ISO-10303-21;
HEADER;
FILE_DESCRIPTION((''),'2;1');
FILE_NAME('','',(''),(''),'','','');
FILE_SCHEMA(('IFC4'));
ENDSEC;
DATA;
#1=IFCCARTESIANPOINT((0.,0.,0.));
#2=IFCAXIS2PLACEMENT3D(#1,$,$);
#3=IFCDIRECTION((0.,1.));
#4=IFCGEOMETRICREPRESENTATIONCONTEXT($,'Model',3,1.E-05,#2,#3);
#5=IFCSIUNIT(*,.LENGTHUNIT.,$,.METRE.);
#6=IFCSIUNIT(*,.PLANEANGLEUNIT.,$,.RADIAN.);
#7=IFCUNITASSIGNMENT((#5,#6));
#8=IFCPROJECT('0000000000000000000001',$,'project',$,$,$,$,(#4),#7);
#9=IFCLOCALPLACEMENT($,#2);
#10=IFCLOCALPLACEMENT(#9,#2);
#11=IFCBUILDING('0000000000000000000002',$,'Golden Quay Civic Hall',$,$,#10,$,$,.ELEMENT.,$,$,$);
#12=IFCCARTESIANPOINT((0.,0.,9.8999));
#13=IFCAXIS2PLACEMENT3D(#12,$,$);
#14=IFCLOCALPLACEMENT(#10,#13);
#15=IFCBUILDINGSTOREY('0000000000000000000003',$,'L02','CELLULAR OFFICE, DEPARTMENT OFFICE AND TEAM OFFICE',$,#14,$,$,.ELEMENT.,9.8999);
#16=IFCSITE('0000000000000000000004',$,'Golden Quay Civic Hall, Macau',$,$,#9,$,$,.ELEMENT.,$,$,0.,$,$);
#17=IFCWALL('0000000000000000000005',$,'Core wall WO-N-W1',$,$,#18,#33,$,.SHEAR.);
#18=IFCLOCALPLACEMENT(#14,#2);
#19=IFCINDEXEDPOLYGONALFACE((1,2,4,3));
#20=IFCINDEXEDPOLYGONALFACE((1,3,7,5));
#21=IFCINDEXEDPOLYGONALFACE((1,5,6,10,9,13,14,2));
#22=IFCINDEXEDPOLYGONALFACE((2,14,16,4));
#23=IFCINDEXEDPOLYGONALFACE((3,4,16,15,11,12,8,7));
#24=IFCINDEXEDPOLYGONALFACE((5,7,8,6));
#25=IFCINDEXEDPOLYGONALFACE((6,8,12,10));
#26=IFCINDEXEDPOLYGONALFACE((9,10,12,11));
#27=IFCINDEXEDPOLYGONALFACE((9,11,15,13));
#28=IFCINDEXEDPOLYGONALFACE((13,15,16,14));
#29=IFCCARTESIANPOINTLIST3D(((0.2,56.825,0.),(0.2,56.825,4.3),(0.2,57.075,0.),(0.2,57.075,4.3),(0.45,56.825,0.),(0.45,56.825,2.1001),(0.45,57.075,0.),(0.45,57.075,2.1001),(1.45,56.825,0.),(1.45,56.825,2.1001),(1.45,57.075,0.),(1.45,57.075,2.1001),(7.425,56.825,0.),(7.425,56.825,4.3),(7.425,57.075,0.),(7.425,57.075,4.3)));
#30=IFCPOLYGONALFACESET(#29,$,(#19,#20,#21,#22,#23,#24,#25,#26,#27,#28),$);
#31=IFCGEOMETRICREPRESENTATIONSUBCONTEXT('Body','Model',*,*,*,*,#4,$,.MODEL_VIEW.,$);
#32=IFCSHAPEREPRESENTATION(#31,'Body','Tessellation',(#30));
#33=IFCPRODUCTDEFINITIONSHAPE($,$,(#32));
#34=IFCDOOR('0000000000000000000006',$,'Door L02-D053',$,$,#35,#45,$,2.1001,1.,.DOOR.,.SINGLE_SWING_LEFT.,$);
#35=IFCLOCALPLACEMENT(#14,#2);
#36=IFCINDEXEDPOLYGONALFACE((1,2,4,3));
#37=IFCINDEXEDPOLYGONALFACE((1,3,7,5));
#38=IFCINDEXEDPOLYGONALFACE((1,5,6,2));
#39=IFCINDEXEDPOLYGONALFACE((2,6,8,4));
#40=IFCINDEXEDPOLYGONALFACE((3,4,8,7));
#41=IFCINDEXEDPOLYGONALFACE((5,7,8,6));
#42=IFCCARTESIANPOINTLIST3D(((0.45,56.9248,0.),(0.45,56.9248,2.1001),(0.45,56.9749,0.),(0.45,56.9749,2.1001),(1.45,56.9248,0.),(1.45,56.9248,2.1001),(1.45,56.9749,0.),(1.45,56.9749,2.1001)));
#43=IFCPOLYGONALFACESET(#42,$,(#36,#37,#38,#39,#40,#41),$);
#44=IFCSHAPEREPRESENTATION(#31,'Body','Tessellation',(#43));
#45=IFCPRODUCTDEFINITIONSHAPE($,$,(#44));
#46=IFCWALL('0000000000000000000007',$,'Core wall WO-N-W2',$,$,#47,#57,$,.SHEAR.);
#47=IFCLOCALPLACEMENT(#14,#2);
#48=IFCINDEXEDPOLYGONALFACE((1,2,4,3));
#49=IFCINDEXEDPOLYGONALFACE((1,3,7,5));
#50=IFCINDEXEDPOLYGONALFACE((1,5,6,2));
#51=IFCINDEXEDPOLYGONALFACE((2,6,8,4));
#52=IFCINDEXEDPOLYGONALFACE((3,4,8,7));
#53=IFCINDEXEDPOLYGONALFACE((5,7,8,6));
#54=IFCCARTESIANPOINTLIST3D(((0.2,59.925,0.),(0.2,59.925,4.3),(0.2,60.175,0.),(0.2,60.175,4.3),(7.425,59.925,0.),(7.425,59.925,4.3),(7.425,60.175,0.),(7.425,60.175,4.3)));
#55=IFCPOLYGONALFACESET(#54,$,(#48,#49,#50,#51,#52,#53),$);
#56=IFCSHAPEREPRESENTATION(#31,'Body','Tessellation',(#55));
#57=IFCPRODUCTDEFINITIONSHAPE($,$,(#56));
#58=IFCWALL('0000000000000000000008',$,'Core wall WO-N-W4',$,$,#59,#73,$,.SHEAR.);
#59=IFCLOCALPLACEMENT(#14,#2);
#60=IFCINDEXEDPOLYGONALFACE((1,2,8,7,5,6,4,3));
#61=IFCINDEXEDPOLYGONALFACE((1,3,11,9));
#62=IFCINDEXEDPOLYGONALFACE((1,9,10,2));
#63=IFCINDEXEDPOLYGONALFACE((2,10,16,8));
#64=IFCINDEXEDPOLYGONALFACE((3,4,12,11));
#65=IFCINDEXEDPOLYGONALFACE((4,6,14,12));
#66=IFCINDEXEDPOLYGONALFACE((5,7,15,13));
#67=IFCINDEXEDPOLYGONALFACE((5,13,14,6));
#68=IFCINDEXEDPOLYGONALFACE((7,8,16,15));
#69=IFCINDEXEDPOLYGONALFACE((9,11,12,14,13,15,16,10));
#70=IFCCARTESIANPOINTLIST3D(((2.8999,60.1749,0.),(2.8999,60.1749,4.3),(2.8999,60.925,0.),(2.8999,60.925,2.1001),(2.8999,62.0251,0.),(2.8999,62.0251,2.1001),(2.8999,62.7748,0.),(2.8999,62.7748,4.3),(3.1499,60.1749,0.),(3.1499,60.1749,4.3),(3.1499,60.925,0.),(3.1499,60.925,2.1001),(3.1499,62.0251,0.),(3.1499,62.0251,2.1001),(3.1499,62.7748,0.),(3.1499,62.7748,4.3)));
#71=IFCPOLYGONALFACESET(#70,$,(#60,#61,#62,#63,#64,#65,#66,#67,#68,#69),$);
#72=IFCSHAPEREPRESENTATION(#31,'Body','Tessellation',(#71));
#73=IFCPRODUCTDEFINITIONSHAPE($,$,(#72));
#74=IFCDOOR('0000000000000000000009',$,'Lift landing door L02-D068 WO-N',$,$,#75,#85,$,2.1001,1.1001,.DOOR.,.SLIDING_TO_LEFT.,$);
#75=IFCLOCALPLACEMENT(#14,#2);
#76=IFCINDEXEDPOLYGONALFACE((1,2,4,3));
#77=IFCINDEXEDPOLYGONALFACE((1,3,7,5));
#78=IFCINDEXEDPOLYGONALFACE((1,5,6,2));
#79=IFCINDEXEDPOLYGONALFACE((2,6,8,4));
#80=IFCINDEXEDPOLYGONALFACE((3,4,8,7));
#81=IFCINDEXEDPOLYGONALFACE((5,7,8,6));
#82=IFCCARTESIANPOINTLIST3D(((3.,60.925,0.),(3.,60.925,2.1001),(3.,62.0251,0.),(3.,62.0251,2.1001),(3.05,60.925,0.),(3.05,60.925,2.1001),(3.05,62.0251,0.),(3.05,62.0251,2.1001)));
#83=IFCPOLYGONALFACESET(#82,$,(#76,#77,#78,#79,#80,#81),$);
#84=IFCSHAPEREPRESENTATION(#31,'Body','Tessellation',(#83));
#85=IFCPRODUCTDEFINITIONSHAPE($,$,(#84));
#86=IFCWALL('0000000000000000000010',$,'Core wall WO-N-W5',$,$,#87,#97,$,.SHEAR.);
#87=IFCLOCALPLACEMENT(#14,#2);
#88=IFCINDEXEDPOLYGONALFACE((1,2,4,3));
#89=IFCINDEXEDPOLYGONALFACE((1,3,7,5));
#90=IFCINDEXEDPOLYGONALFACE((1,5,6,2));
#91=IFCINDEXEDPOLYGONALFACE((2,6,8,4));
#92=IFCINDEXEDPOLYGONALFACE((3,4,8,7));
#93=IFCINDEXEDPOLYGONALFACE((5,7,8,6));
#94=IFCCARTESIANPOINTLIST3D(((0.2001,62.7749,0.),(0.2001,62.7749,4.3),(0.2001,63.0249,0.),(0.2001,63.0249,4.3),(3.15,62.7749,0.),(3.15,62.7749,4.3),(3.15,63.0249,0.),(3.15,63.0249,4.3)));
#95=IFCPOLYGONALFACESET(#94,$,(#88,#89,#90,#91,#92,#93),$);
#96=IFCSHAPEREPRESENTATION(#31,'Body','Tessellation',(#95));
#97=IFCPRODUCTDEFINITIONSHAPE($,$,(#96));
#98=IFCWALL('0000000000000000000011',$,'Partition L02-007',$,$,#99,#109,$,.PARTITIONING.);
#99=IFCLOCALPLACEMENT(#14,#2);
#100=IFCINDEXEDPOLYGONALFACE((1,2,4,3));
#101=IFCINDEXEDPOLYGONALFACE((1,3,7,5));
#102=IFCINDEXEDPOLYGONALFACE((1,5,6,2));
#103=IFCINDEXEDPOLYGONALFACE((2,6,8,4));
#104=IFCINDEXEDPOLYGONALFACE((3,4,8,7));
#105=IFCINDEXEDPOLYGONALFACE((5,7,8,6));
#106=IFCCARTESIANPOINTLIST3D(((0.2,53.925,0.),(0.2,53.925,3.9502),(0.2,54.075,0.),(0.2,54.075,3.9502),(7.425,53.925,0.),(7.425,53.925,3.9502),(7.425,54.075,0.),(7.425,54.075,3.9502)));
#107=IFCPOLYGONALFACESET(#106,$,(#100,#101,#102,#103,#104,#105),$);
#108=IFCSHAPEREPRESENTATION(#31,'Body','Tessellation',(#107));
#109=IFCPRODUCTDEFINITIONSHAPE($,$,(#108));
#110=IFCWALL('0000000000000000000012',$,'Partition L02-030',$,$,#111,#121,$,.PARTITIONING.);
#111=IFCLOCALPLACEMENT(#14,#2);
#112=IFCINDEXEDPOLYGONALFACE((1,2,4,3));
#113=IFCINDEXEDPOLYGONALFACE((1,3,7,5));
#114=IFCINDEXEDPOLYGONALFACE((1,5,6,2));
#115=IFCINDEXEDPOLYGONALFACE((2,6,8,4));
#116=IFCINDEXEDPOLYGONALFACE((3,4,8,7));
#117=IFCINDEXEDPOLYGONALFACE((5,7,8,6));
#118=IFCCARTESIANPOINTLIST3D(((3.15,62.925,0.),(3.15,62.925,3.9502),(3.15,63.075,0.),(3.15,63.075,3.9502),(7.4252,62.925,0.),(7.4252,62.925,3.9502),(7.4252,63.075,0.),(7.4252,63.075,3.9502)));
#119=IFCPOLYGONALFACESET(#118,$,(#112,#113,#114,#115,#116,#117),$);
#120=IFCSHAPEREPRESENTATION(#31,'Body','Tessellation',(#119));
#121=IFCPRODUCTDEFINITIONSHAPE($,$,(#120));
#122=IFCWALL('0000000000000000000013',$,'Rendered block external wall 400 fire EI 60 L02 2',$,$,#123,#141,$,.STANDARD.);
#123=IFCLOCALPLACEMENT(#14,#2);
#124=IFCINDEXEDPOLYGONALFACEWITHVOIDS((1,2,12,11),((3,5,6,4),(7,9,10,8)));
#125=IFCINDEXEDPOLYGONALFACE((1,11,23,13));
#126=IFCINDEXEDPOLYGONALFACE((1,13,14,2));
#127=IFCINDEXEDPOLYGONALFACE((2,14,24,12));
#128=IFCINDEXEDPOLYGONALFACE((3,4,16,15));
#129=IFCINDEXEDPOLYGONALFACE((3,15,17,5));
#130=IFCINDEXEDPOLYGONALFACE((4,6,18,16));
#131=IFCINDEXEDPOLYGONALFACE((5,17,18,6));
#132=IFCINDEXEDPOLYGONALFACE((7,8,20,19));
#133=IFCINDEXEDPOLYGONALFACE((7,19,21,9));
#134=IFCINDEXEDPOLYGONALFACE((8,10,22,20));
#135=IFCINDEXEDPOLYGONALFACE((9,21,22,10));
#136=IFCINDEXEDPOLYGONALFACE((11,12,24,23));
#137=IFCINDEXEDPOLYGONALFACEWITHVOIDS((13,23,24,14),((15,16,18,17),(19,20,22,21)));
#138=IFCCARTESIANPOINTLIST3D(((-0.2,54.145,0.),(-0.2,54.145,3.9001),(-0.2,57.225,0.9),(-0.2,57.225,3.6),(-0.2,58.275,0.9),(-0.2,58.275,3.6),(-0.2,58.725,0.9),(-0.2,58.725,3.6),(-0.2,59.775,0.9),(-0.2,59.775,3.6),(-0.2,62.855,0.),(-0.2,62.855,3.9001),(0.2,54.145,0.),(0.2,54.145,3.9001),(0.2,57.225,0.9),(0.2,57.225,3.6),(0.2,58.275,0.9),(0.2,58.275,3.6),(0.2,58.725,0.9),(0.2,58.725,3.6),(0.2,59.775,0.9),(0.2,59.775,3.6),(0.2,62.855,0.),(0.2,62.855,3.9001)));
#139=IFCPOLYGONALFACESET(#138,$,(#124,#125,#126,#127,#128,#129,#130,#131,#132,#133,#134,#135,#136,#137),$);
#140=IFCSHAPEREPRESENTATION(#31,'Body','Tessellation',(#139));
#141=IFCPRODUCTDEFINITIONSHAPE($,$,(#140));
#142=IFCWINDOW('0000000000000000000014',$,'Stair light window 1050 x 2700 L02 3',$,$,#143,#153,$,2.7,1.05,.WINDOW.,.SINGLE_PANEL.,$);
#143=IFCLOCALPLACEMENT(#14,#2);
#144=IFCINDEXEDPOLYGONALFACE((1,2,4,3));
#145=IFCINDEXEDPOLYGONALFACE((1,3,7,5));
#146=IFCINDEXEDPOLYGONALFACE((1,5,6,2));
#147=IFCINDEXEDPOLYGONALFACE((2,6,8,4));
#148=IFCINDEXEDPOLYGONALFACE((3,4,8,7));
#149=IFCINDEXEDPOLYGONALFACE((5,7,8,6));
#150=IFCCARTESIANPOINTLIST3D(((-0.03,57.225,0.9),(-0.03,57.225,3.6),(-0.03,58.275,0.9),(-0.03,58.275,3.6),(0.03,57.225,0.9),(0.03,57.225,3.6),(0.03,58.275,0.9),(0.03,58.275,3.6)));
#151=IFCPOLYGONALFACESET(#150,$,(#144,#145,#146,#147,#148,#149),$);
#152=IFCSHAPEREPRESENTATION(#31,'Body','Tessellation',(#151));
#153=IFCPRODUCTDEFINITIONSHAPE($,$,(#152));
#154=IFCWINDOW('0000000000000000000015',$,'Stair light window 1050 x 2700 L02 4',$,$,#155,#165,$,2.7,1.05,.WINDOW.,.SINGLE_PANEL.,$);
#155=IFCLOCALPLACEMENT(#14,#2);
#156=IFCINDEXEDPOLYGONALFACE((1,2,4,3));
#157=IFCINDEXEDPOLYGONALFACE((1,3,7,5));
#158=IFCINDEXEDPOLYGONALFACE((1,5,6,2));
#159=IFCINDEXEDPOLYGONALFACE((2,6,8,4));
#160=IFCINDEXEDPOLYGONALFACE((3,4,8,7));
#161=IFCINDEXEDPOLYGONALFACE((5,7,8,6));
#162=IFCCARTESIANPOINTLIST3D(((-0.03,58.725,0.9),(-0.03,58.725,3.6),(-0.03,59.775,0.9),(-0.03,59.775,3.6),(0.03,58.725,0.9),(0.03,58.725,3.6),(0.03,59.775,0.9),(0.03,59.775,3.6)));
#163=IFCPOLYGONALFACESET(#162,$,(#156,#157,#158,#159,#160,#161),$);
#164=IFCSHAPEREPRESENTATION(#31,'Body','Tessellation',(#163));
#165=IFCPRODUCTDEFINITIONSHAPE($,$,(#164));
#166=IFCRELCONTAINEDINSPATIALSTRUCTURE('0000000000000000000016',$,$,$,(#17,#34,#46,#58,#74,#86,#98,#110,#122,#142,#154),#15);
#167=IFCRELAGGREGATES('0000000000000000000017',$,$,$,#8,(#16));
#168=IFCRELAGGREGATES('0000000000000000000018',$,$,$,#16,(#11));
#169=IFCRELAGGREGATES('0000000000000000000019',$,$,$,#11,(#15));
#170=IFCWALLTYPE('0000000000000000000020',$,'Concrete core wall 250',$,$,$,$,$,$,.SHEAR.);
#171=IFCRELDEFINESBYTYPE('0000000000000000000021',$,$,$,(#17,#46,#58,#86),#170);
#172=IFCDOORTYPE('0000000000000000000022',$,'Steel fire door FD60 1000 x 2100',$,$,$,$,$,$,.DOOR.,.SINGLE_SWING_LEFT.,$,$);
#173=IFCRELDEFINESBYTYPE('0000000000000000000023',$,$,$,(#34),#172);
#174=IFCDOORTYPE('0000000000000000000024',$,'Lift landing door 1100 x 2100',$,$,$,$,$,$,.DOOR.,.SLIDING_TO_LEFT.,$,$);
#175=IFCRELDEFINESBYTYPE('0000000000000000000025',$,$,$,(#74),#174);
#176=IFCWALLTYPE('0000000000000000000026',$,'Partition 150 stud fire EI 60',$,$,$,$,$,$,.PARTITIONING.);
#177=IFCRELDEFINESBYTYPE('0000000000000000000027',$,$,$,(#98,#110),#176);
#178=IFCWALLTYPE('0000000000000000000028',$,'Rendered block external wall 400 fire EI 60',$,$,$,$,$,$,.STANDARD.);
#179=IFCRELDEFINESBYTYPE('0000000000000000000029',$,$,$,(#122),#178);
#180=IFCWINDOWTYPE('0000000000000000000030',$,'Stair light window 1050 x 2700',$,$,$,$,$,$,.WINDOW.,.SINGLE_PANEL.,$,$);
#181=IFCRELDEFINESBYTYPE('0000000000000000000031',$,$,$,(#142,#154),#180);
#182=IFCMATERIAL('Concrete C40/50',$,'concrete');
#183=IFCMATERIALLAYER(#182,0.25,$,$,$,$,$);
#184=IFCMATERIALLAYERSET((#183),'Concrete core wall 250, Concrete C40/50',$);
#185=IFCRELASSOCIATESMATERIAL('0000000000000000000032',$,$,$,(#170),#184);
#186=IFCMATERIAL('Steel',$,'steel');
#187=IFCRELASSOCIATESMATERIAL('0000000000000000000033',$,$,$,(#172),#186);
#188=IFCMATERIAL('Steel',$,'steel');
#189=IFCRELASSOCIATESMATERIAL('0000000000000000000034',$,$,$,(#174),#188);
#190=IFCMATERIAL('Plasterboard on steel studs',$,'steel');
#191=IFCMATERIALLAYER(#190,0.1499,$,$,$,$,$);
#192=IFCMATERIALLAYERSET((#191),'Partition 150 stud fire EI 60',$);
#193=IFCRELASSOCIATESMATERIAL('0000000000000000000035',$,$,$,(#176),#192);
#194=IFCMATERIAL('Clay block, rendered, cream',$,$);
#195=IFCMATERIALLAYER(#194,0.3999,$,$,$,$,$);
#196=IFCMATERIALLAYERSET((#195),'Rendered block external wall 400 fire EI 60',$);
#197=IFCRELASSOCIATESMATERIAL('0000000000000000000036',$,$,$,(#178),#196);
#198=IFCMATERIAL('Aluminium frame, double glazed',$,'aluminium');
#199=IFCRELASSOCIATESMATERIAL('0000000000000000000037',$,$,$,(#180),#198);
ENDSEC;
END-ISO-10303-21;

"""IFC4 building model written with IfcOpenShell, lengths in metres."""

from ifc_helpers import new_model, si_unit, direction, frame, frame_2d, origin, place, context, subcontext, project, spatial, rectangle, extrude, material, layer, layer_set, type_object, element, fill, save


model = new_model("IFC4")

# Units and contexts
model_context = context("Model", 3, precision=1e-05, world=origin(), true_north=direction((0.0, 1.0)))
body_context = subcontext(model_context, "Body", "Model", "MODEL_VIEW")
ifc_project = project(units=[si_unit("LENGTHUNIT", "METRE"), si_unit("PLANEANGLEUNIT", "RADIAN")], contexts=[model_context])

# Site, building, storey
site_placement = place(None, origin())
site = spatial("IfcSite", under=ifc_project, at=site_placement, Name="Golden Quay Civic Hall, Macau", CompositionType="ELEMENT", RefElevation=0.0)
building_placement = place(site_placement, origin())
building = spatial("IfcBuilding", under=site, at=building_placement, Name="Golden Quay Civic Hall", CompositionType="ELEMENT")
storey_placement = place(building_placement, frame((0.0, 0.0, 9.8999)))
storey = spatial("IfcBuildingStorey", under=building, at=storey_placement, Name="L02", Description="CELLULAR OFFICE, DEPARTMENT OFFICE AND TEAM OFFICE", CompositionType="ELEMENT", Elevation=9.8999)

# Wall, opening, door
ifc_material_1 = material(Name="Concrete C40/50", Category="concrete")
ifc_layer_1 = layer(ifc_material_1, 0.25)
ifc_layer_set_1 = layer_set([ifc_layer_1], Name="Concrete core wall 250, Concrete C40/50")
wall_type_1 = type_object("IfcWallType", Name="Concrete core wall 250", PredefinedType="SHEAR", material=ifc_layer_set_1)
wall_1_placement = place(storey_placement, frame((0.2, 56.95, 0.0), z_axis=(0.0, 0.0, 1.0), x_axis=(1.0, 0.0, 0.0)))
wall_1 = element("IfcWall", 1, at=wall_1_placement, inside=storey, type_object=wall_type_1, Name="Core wall WO-N-W1", PredefinedType="SHEAR", context=body_context, shape_type="SweptSolid", body=[
    extrude(rectangle(XDim=7.2251, YDim=0.25, at=frame_2d((3.6125, 0.0))), origin(), (0.0, 0.0, 1.0), 4.3),
])
opening_1_placement = place(wall_1_placement, frame((0.25, 0.0, 0.0)))
opening_1 = element("IfcOpeningElement", 2, at=opening_1_placement, cuts=wall_1, PredefinedType="OPENING", context=body_context, shape_type="SweptSolid", body=[
    extrude(rectangle(XDim=1.0, YDim=2.1001, at=frame_2d((0.5, 1.05))), frame((0.0, 0.135, 0.0), z_axis=(0.0, -1.0, 0.0), x_axis=(1.0, 0.0, 0.0)), (0.0, 0.0, 1.0), 0.27),
])
ifc_material_2 = material(Name="Steel", Category="steel")
door_type_1 = type_object("IfcDoorType", Name="Steel fire door FD60 1000 x 2100", OperationType="SINGLE_SWING_LEFT", PredefinedType="DOOR", material=ifc_material_2)
door_1_placement = place(opening_1_placement, origin())
door_1 = element("IfcDoor", 3, at=door_1_placement, inside=storey, type_object=door_type_1, Name="Door L02-D053", OperationType="SINGLE_SWING_LEFT", OverallHeight=2.1001, OverallWidth=1.0, PredefinedType="DOOR", context=body_context, shape_type="SweptSolid", body=[
    extrude(rectangle(XDim=1.0, YDim=2.1001, at=frame_2d((0.5, 1.05))), frame((0.0, 0.0249, 0.0), z_axis=(0.0, -1.0, 0.0), x_axis=(1.0, 0.0, 0.0)), (0.0, 0.0, 1.0), 0.05),
])
fill(opening_1, door_1)

# Wall
wall_2_placement = place(storey_placement, frame((0.2, 60.05, 0.0), z_axis=(0.0, 0.0, 1.0), x_axis=(1.0, 0.0, 0.0)))
element("IfcWall", 4, at=wall_2_placement, inside=storey, type_object=wall_type_1, Name="Core wall WO-N-W2", PredefinedType="SHEAR", context=body_context, shape_type="SweptSolid", body=[
    extrude(rectangle(XDim=7.2251, YDim=0.25, at=frame_2d((3.6125, 0.0))), origin(), (0.0, 0.0, 1.0), 4.3),
])

# Wall, opening, door
wall_3_placement = place(storey_placement, frame((3.0249, 60.175, 0.0), z_axis=(0.0, 0.0, 1.0), x_axis=(0.0, 1.0, 0.0)))
wall_3 = element("IfcWall", 5, at=wall_3_placement, inside=storey, type_object=wall_type_1, Name="Core wall WO-N-W4", PredefinedType="SHEAR", context=body_context, shape_type="SweptSolid", body=[
    extrude(rectangle(XDim=2.5999, YDim=0.25, at=frame_2d((1.2998, 0.0))), origin(), (0.0, 0.0, 1.0), 4.3),
])
opening_2_placement = place(wall_3_placement, frame((0.75, 0.0, 0.0)))
opening_2 = element("IfcOpeningElement", 6, at=opening_2_placement, cuts=wall_3, PredefinedType="OPENING", context=body_context, shape_type="SweptSolid", body=[
    extrude(rectangle(XDim=1.1001, YDim=2.1001, at=frame_2d((0.55, 1.05))), frame((0.0, 0.135, 0.0), z_axis=(0.0, -1.0, 0.0), x_axis=(1.0, 0.0, 0.0)), (0.0, 0.0, 1.0), 0.27),
])
ifc_material_3 = material(Name="Steel", Category="steel")
door_type_2 = type_object("IfcDoorType", Name="Lift landing door 1100 x 2100", OperationType="SLIDING_TO_LEFT", PredefinedType="DOOR", material=ifc_material_3)
door_2_placement = place(opening_2_placement, origin())
door_2 = element("IfcDoor", 7, at=door_2_placement, inside=storey, type_object=door_type_2, Name="Lift landing door L02-D068 WO-N", OperationType="SLIDING_TO_LEFT", OverallHeight=2.1001, OverallWidth=1.1001, PredefinedType="DOOR", context=body_context, shape_type="SweptSolid", body=[
    extrude(rectangle(XDim=1.1001, YDim=2.1001, at=frame_2d((0.55, 1.05))), frame((0.0, 0.0249, 0.0), z_axis=(0.0, -1.0, 0.0), x_axis=(1.0, 0.0, 0.0)), (0.0, 0.0, 1.0), 0.05),
])
fill(opening_2, door_2)

# Walls
wall_4_placement = place(storey_placement, frame((0.2, 62.8999, 0.0), z_axis=(0.0, 0.0, 1.0), x_axis=(1.0, 0.0, 0.0)))
element("IfcWall", 8, at=wall_4_placement, inside=storey, type_object=wall_type_1, Name="Core wall WO-N-W5", PredefinedType="SHEAR", context=body_context, shape_type="SweptSolid", body=[
    extrude(rectangle(XDim=2.95, YDim=0.25, at=frame_2d((1.4751, 0.0))), origin(), (0.0, 0.0, 1.0), 4.3),
])
ifc_material_4 = material(Name="Plasterboard on steel studs", Category="steel")
ifc_layer_2 = layer(ifc_material_4, 0.1499)
ifc_layer_set_2 = layer_set([ifc_layer_2], Name="Partition 150 stud fire EI 60")
wall_type_2 = type_object("IfcWallType", Name="Partition 150 stud fire EI 60", PredefinedType="PARTITIONING", material=ifc_layer_set_2)
wall_5_placement = place(storey_placement, frame((0.2, 54.0, 0.0), z_axis=(0.0, 0.0, 1.0), x_axis=(1.0, 0.0, 0.0)))
element("IfcWall", 9, at=wall_5_placement, inside=storey, type_object=wall_type_2, Name="Partition L02-007", PredefinedType="PARTITIONING", context=body_context, shape_type="SweptSolid", body=[
    extrude(rectangle(XDim=7.2251, YDim=0.1499, at=frame_2d((3.6125, 0.0))), origin(), (0.0, 0.0, 1.0), 3.9502),
])
wall_6_placement = place(storey_placement, frame((3.1499, 63.0, 0.0), z_axis=(0.0, 0.0, 1.0), x_axis=(1.0, 0.0, 0.0)))
element("IfcWall", 10, at=wall_6_placement, inside=storey, type_object=wall_type_2, Name="Partition L02-030", PredefinedType="PARTITIONING", context=body_context, shape_type="SweptSolid", body=[
    extrude(rectangle(XDim=4.2751, YDim=0.1499, at=frame_2d((2.1377, 0.0))), origin(), (0.0, 0.0, 1.0), 3.9502),
])

# Wall, openings, windows
ifc_material_5 = material(Name="Clay block, rendered, cream")
ifc_layer_3 = layer(ifc_material_5, 0.3999)
ifc_layer_set_3 = layer_set([ifc_layer_3], Name="Rendered block external wall 400 fire EI 60")
wall_type_3 = type_object("IfcWallType", Name="Rendered block external wall 400 fire EI 60", PredefinedType="STANDARD", material=ifc_layer_set_3)
wall_7_placement = place(storey_placement, frame((0.0, 54.145, 0.0), z_axis=(0.0, 0.0, 1.0), x_axis=(0.0, 1.0, 0.0)))
wall_7 = element("IfcWall", 11, at=wall_7_placement, inside=storey, type_object=wall_type_3, Name="Rendered block external wall 400 fire EI 60 L02 2", PredefinedType="STANDARD", context=body_context, shape_type="SweptSolid", body=[
    extrude(rectangle(XDim=8.71, YDim=0.3999, at=frame_2d((4.355, 0.0))), origin(), (0.0, 0.0, 1.0), 3.9001),
])
opening_3_placement = place(wall_7_placement, frame((3.0801, 0.0, 0.8999)))
opening_3 = element("IfcOpeningElement", 12, at=opening_3_placement, cuts=wall_7, PredefinedType="OPENING", context=body_context, shape_type="SweptSolid", body=[
    extrude(rectangle(XDim=1.05, YDim=2.7, at=frame_2d((0.5249, 1.3501))), frame((0.0, 0.21, 0.0), z_axis=(0.0, -1.0, 0.0), x_axis=(1.0, 0.0, 0.0)), (0.0, 0.0, 1.0), 0.4199),
])
opening_4_placement = place(wall_7_placement, frame((4.5801, 0.0, 0.8999)))
opening_4 = element("IfcOpeningElement", 13, at=opening_4_placement, cuts=wall_7, PredefinedType="OPENING", context=body_context, shape_type="SweptSolid", body=[
    extrude(rectangle(XDim=1.05, YDim=2.7, at=frame_2d((0.5249, 1.3501))), frame((0.0, 0.21, 0.0), z_axis=(0.0, -1.0, 0.0), x_axis=(1.0, 0.0, 0.0)), (0.0, 0.0, 1.0), 0.4199),
])
ifc_material_6 = material(Name="Aluminium frame, double glazed", Category="aluminium")
window_type = type_object("IfcWindowType", Name="Stair light window 1050 x 2700", PartitioningType="SINGLE_PANEL", PredefinedType="WINDOW", material=ifc_material_6)
window_1_placement = place(opening_3_placement, origin())
window_1 = element("IfcWindow", 14, at=window_1_placement, inside=storey, type_object=window_type, Name="Stair light window 1050 x 2700 L02 3", OverallHeight=2.7, OverallWidth=1.05, PartitioningType="SINGLE_PANEL", PredefinedType="WINDOW", context=body_context, shape_type="SweptSolid", body=[
    extrude(rectangle(XDim=1.05, YDim=2.7, at=frame_2d((0.5249, 1.3501))), frame((0.0, 0.03, 0.0), z_axis=(0.0, -1.0, 0.0), x_axis=(1.0, 0.0, 0.0)), (0.0, 0.0, 1.0), 0.0601),
])
fill(opening_3, window_1)
window_2_placement = place(opening_4_placement, origin())
window_2 = element("IfcWindow", 15, at=window_2_placement, inside=storey, type_object=window_type, Name="Stair light window 1050 x 2700 L02 4", OverallHeight=2.7, OverallWidth=1.05, PartitioningType="SINGLE_PANEL", PredefinedType="WINDOW", context=body_context, shape_type="SweptSolid", body=[
    extrude(rectangle(XDim=1.05, YDim=2.7, at=frame_2d((0.5249, 1.3501))), frame((0.0, 0.03, 0.0), z_axis=(0.0, -1.0, 0.0), x_axis=(1.0, 0.0, 0.0)), (0.0, 0.0, 1.0), 0.0601),
])
fill(opening_4, window_2)

save(model, "model.ifc")
